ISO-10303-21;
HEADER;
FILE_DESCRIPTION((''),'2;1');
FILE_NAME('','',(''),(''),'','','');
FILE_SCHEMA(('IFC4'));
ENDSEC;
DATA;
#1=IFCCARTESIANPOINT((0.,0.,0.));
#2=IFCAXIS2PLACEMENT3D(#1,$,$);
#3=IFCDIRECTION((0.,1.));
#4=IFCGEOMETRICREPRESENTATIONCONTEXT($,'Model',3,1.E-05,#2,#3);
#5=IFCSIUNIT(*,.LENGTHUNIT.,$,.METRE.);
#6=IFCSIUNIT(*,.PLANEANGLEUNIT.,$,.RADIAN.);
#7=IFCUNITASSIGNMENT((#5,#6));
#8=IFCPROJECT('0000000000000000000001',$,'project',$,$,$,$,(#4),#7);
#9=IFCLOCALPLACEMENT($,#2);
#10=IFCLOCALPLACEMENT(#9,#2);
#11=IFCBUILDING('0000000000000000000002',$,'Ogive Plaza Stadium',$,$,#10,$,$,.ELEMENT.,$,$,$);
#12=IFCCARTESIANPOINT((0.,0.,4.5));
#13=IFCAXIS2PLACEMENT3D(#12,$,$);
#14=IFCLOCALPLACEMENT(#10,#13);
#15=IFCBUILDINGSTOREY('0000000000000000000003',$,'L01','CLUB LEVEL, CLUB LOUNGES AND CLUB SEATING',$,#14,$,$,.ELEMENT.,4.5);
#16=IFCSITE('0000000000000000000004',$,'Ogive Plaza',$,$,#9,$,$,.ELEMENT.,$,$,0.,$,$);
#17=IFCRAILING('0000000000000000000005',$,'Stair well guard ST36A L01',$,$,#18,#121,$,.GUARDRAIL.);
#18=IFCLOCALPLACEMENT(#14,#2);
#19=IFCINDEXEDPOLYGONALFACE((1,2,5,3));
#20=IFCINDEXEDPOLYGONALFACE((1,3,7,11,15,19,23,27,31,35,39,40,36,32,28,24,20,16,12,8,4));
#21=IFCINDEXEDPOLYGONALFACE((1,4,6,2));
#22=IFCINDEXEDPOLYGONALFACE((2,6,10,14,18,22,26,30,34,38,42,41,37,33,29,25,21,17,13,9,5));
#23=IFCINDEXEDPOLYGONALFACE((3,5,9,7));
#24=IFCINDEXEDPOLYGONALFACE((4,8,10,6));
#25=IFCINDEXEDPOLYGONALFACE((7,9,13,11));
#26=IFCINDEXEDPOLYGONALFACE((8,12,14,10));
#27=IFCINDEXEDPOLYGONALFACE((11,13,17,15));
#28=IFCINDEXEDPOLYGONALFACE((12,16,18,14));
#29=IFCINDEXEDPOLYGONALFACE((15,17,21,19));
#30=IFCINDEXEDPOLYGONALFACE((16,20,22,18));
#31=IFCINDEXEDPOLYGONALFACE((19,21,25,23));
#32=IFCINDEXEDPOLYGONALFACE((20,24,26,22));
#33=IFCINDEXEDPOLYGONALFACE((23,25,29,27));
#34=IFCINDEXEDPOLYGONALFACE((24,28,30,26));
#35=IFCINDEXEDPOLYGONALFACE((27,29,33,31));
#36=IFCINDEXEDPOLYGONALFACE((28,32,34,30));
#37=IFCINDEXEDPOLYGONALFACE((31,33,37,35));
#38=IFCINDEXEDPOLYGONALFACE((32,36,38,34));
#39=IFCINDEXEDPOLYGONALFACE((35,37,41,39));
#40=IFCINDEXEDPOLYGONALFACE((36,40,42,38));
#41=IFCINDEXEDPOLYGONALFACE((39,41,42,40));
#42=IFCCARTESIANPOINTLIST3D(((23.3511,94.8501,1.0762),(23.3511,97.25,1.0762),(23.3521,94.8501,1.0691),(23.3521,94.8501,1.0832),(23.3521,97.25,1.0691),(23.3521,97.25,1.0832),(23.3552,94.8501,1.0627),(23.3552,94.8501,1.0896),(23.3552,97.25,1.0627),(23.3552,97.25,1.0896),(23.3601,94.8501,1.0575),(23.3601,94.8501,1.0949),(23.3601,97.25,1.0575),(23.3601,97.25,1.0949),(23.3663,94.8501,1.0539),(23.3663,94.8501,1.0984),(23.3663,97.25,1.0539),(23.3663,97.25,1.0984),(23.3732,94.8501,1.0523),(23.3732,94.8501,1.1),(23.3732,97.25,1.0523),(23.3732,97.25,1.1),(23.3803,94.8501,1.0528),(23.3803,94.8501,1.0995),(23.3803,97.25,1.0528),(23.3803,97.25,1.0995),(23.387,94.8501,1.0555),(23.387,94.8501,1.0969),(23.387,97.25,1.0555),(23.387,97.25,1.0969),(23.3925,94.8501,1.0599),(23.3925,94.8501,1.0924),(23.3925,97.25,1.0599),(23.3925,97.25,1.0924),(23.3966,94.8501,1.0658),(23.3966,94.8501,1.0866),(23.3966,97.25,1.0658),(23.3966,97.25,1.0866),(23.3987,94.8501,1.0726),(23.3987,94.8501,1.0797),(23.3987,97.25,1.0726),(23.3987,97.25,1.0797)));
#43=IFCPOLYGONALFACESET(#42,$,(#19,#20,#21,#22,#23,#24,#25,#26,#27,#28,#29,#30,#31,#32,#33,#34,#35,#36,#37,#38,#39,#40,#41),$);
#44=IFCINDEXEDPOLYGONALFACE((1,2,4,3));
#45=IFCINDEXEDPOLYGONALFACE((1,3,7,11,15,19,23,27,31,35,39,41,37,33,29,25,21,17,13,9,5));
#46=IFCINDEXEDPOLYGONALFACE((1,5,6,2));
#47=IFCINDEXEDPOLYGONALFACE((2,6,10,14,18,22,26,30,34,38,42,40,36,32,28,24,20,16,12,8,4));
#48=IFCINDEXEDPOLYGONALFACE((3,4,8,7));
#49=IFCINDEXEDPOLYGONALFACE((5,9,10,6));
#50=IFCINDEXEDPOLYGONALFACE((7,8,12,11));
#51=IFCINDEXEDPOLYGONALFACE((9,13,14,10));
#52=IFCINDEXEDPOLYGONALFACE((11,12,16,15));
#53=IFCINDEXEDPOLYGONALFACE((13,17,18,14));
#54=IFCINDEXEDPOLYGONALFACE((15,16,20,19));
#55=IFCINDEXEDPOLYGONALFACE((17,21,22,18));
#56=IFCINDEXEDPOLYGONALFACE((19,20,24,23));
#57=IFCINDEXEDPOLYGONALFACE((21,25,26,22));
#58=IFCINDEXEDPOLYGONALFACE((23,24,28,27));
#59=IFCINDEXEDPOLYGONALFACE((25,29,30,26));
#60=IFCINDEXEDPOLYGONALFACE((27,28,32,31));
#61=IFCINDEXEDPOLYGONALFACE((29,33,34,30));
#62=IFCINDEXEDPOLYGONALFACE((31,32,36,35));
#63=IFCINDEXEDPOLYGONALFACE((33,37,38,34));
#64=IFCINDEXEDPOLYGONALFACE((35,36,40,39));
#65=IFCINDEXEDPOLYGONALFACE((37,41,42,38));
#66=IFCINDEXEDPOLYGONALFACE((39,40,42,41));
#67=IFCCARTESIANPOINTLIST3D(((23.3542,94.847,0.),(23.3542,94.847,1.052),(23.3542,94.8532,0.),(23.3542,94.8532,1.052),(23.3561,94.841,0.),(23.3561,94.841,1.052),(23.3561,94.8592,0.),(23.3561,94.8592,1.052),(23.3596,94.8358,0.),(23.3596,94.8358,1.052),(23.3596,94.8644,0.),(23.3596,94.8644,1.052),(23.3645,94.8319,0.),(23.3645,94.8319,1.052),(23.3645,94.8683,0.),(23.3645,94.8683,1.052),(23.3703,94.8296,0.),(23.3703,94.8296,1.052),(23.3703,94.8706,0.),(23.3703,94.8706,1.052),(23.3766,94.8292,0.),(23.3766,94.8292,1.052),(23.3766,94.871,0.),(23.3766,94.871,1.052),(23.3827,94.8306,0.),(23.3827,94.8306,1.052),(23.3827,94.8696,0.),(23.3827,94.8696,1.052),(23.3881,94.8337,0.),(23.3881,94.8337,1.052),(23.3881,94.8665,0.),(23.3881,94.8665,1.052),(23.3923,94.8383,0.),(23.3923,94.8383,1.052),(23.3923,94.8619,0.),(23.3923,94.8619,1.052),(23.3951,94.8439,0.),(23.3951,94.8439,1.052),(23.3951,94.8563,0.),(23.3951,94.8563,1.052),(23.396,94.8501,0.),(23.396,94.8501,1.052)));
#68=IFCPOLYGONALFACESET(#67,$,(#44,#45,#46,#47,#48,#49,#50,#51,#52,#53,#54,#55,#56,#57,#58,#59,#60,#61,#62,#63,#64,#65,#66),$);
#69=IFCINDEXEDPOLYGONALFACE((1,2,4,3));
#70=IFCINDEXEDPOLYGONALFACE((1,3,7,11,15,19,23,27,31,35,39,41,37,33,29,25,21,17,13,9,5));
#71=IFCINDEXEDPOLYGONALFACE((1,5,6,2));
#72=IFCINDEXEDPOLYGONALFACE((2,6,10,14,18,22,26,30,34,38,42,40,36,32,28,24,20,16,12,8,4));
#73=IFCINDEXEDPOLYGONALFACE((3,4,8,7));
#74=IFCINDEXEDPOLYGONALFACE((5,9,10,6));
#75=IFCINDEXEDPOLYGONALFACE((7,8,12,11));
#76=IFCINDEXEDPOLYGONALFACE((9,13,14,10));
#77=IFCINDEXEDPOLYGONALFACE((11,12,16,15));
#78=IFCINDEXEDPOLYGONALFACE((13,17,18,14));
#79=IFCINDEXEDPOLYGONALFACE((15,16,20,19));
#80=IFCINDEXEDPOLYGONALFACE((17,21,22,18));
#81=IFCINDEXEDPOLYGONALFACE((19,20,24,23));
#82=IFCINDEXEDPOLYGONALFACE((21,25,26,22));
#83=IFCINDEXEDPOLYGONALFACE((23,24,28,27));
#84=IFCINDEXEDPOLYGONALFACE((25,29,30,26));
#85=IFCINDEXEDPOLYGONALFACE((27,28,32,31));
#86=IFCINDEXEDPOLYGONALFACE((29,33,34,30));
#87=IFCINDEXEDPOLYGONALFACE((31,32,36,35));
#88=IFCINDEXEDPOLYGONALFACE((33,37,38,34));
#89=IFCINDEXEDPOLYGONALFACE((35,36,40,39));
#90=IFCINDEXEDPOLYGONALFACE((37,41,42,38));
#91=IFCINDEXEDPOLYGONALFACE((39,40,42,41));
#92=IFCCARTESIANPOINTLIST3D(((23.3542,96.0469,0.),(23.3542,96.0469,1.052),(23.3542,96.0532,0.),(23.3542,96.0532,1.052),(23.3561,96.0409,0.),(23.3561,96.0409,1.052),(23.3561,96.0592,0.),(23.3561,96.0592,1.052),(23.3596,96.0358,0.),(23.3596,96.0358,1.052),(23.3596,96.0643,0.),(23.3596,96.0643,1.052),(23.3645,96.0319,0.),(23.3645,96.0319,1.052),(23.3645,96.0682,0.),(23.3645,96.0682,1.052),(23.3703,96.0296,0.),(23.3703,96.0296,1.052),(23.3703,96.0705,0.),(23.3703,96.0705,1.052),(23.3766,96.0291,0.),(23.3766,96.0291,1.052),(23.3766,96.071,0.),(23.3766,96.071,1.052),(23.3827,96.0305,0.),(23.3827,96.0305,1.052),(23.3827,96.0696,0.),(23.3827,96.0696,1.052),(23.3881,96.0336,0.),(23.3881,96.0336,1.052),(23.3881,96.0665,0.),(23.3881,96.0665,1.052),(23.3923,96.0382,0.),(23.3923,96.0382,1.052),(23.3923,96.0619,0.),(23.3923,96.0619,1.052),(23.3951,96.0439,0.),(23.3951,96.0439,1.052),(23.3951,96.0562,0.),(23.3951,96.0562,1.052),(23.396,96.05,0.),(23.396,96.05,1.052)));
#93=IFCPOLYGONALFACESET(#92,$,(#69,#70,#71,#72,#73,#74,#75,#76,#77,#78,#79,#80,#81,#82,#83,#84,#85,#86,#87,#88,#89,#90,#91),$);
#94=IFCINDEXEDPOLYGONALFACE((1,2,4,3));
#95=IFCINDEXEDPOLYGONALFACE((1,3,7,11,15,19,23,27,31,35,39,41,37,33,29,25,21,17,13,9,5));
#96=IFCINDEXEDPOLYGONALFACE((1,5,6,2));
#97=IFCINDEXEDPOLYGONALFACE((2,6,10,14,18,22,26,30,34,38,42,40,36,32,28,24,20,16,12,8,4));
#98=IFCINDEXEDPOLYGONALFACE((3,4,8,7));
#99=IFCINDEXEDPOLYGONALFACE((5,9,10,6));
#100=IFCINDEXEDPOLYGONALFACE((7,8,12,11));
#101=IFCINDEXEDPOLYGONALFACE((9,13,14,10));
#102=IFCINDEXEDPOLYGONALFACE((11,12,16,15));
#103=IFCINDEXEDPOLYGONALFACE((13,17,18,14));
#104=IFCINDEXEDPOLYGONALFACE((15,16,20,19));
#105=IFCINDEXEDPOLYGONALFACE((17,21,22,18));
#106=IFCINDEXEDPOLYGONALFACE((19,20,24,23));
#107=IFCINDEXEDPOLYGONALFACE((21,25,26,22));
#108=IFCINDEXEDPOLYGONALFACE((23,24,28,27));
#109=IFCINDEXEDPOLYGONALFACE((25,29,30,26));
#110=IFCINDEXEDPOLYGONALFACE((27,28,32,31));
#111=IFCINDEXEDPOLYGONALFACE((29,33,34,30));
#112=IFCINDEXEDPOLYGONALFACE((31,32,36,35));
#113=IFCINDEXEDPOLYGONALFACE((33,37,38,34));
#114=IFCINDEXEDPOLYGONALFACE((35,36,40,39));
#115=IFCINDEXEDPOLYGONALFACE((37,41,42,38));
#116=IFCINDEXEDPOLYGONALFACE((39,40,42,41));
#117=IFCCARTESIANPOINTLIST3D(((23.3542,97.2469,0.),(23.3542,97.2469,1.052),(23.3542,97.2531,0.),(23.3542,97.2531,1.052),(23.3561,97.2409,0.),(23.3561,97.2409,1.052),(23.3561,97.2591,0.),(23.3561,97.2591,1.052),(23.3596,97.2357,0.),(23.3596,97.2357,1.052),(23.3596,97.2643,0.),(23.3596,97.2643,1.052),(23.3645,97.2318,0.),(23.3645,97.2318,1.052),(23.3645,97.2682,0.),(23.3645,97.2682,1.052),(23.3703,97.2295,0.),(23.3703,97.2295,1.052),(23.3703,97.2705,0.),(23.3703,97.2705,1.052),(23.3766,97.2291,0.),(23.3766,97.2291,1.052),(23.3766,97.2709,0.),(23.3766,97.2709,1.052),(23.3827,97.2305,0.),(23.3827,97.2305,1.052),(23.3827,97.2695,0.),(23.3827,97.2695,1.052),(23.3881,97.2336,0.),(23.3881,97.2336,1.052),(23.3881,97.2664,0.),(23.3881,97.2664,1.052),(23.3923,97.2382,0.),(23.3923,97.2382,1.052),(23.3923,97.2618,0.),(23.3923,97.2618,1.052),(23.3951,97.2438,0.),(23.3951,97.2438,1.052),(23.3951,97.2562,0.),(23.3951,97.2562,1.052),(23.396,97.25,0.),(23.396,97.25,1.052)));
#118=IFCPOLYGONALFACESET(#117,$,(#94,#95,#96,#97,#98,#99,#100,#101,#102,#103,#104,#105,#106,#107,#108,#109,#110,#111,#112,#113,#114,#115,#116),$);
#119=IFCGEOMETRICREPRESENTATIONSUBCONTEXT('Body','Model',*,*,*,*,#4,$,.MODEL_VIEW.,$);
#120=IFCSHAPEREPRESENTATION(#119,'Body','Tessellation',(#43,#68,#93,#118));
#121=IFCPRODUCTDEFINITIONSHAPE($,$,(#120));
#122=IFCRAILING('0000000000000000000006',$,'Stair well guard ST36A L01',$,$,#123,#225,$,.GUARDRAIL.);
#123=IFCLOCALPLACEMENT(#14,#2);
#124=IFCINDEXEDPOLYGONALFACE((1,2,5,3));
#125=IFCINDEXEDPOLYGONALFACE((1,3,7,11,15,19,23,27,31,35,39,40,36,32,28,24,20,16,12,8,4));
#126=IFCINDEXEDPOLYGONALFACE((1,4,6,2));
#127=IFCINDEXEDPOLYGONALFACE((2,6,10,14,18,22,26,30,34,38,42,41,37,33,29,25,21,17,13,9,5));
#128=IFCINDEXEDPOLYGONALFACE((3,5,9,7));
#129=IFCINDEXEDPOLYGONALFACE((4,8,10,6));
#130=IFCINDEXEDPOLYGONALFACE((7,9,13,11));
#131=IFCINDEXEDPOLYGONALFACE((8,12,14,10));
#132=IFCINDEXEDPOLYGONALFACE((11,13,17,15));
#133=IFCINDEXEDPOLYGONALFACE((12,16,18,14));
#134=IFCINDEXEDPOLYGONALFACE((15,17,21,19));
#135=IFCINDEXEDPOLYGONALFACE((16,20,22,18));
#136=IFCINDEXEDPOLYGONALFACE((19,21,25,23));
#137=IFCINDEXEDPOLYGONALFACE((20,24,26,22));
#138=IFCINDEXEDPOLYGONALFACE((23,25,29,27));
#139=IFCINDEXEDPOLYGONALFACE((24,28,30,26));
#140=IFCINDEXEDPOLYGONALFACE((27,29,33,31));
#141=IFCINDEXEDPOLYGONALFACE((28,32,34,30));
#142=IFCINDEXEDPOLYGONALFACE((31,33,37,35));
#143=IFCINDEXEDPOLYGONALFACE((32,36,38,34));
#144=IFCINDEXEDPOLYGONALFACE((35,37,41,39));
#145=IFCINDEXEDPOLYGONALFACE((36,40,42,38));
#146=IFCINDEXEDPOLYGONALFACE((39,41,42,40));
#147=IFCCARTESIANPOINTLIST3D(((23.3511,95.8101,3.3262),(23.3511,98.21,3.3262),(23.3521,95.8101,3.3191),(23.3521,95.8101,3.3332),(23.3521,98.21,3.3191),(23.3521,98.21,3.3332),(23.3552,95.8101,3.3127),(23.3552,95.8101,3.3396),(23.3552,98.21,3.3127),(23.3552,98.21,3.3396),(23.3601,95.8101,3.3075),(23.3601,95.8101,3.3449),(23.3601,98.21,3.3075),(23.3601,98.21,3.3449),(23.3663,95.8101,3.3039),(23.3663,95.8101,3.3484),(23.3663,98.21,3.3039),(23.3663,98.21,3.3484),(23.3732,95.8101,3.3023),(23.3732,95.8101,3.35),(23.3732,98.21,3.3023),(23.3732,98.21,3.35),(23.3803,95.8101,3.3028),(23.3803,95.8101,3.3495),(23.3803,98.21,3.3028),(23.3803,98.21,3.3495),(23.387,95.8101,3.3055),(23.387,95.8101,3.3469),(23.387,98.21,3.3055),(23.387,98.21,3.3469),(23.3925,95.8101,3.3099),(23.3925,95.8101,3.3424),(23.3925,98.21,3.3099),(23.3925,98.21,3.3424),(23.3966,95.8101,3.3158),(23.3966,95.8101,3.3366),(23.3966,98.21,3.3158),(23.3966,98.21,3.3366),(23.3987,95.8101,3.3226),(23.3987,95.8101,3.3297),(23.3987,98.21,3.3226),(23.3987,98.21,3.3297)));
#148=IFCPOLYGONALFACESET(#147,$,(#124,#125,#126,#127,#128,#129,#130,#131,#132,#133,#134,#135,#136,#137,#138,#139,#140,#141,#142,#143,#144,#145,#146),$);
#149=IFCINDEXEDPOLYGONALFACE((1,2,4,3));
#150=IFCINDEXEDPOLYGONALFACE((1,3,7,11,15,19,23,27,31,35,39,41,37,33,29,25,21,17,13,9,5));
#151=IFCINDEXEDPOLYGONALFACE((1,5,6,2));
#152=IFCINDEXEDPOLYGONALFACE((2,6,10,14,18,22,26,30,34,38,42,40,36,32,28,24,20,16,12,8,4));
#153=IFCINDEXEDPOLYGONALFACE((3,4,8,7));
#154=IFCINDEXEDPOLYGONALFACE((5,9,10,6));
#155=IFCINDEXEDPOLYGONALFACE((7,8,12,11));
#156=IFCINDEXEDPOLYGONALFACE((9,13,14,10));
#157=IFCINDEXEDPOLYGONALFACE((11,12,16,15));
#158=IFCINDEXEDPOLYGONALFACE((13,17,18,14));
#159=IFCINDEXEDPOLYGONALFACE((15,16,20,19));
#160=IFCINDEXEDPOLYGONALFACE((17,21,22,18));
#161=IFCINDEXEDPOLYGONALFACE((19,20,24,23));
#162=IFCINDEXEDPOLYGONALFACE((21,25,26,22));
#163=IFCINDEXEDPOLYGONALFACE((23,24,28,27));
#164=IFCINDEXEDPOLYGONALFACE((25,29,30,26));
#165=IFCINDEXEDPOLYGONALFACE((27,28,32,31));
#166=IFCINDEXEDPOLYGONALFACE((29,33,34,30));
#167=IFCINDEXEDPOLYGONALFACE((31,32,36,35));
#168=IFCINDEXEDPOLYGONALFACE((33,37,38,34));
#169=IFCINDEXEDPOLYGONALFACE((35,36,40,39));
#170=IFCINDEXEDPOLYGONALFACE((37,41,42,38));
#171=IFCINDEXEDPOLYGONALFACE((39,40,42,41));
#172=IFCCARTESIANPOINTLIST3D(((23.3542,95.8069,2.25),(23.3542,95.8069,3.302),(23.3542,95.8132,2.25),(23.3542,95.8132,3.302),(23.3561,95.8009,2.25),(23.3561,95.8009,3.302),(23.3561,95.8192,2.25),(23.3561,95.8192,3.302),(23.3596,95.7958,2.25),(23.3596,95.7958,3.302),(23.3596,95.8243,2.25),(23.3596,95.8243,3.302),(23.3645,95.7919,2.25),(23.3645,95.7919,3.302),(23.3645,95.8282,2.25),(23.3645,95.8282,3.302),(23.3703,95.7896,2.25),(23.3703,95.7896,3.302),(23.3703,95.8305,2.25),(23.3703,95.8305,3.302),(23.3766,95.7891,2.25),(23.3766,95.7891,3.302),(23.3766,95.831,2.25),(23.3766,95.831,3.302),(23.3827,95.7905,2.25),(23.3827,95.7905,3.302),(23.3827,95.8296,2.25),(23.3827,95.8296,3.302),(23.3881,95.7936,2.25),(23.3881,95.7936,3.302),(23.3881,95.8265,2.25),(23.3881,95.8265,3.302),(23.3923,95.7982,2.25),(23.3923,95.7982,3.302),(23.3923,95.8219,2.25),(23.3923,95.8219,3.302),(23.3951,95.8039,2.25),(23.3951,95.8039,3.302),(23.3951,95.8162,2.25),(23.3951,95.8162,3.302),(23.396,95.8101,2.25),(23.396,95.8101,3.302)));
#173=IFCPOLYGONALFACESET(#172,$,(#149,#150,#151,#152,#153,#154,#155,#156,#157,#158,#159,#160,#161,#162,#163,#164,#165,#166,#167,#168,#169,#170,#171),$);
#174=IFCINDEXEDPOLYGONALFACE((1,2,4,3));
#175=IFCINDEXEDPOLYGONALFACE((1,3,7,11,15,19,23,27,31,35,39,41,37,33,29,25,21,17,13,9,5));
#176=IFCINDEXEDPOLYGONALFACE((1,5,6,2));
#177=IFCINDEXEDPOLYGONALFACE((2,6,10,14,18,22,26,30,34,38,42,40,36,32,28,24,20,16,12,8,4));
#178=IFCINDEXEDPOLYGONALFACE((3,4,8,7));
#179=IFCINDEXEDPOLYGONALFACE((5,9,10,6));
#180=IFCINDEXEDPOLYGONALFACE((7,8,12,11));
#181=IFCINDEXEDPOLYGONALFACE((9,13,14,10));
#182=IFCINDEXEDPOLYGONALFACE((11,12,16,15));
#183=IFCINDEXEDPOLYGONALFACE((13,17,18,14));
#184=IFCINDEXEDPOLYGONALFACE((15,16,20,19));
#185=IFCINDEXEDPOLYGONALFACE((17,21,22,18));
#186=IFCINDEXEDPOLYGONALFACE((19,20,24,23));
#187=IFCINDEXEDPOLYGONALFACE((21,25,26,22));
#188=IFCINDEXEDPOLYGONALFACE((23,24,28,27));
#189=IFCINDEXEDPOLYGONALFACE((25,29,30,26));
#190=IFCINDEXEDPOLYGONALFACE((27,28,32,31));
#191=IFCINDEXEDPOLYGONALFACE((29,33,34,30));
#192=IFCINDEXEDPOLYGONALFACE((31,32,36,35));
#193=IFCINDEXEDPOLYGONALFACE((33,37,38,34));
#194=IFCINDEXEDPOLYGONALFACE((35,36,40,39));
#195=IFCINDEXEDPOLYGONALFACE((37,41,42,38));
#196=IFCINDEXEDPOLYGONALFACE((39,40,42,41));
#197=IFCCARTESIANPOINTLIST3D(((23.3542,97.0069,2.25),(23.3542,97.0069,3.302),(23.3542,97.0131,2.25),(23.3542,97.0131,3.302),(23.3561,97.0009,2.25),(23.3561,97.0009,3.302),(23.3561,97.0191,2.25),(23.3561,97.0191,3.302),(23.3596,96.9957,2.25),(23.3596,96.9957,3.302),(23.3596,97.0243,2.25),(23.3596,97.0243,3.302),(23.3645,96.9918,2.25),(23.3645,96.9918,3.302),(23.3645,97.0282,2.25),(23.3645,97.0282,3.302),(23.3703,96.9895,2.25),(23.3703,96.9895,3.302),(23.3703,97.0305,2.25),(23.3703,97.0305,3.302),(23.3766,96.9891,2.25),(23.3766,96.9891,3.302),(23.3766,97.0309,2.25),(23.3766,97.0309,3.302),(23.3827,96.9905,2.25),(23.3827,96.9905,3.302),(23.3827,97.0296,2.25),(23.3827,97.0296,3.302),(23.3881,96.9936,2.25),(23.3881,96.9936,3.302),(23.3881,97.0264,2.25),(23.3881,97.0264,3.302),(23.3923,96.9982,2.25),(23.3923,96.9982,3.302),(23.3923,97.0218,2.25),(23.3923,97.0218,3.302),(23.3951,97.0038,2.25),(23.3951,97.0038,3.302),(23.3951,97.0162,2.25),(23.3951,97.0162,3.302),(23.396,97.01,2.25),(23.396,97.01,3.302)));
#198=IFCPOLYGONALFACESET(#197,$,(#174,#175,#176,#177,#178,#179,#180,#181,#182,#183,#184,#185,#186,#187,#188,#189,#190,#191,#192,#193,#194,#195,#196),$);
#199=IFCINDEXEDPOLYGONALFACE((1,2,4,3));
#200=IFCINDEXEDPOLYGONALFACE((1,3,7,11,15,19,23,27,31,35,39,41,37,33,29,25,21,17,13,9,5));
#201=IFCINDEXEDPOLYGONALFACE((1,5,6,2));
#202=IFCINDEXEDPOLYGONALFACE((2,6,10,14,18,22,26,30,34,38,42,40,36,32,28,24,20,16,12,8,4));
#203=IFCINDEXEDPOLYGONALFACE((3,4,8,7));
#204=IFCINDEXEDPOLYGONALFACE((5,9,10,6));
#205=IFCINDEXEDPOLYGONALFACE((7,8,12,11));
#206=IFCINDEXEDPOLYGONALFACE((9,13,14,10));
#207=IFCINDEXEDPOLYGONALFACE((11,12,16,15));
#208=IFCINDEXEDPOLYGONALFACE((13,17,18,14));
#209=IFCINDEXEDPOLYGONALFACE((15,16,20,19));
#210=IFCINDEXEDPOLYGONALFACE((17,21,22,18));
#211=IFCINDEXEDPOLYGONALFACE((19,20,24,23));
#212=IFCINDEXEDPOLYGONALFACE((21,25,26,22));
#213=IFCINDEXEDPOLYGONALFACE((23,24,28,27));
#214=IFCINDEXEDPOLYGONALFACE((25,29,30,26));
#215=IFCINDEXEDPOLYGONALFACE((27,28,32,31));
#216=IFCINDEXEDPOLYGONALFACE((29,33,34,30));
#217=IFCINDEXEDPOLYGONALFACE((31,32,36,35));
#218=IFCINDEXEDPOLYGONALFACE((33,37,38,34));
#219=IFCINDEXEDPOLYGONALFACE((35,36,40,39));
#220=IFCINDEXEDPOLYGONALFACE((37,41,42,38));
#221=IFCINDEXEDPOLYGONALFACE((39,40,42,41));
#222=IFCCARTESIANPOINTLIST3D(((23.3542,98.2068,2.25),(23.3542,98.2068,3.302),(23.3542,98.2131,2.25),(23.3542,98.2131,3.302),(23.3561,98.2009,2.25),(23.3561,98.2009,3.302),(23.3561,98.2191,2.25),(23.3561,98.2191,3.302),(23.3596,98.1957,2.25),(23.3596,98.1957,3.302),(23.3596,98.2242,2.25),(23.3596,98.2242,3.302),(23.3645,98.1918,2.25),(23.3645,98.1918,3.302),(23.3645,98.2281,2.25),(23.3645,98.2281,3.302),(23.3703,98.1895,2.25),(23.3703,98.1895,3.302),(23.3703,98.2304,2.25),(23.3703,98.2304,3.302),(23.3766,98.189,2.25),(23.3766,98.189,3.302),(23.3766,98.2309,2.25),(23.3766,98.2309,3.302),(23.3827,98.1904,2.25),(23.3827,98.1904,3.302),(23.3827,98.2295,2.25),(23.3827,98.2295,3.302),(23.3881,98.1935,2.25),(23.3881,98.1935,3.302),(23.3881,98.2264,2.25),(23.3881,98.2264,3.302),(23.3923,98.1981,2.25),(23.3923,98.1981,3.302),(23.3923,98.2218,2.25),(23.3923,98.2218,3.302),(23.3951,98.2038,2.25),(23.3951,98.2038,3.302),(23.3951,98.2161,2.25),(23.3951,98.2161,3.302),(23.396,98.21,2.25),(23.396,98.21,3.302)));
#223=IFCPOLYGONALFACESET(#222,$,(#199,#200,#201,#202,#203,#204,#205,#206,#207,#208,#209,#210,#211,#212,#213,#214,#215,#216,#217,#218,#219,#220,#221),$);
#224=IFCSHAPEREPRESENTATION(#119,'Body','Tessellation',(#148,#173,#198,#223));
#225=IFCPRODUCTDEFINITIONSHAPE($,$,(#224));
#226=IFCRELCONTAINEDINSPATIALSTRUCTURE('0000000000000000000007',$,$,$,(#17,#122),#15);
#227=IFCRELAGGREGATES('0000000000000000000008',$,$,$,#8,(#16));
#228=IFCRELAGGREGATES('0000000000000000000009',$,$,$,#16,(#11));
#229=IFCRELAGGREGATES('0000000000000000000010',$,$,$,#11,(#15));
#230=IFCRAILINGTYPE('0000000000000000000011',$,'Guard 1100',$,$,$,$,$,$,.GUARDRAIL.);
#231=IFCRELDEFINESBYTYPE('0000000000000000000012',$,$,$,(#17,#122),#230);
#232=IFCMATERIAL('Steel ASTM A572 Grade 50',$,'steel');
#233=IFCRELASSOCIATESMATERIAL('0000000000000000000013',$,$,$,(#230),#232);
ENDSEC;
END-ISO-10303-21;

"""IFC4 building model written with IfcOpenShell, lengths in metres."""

from ifc_helpers import new_model, si_unit, direction, frame, origin, origin_2d, place, context, subcontext, project, spatial, circle, extrude, material, type_object, element, save


model = new_model("IFC4")

# Units and contexts
model_context = context("Model", 3, precision=1e-05, world=origin(), true_north=direction((0.0, 1.0)))
body_context = subcontext(model_context, "Body", "Model", "MODEL_VIEW")
ifc_project = project(units=[si_unit("LENGTHUNIT", "METRE"), si_unit("PLANEANGLEUNIT", "RADIAN")], contexts=[model_context])

# Site, building, storey
site_placement = place(None, origin())
site = spatial("IfcSite", under=ifc_project, at=site_placement, Name="Ogive Plaza", CompositionType="ELEMENT", RefElevation=0.0)
building_placement = place(site_placement, origin())
building = spatial("IfcBuilding", under=site, at=building_placement, Name="Ogive Plaza Stadium", CompositionType="ELEMENT")
storey_placement = place(building_placement, frame((0.0, 0.0, 4.5)))
storey = spatial("IfcBuildingStorey", under=building, at=storey_placement, Name="L01", Description="CLUB LEVEL, CLUB LOUNGES AND CLUB SEATING", CompositionType="ELEMENT", Elevation=4.5)

# Railings
ifc_material_1 = material(Name="Steel ASTM A572 Grade 50", Category="steel")
railing_type_1 = type_object("IfcRailingType", Name="Guard 1100", PredefinedType="GUARDRAIL", material=ifc_material_1)
for number, where, name in (
    (1, (23.375, 94.8501, 0.0), "Stair well guard ST36A L01"),
    (2, (23.375, 95.8101, 2.25), "Stair well guard ST36A L01"),
):
    element("IfcRailing", number, at=place(storey_placement, frame(where)), inside=storey, type_object=railing_type_1, Name=name, PredefinedType="GUARDRAIL", context=body_context, shape_type="SweptSolid", body=[
        extrude(circle(Radius=0.0239, at=origin_2d()), frame((0.0, 0.0, 1.0762), z_axis=(0.0, 1.0, 0.0), x_axis=(-1.0, 0.0, 0.0)), (0.0, 0.0, 1.0), 2.3999),
        extrude(circle(Radius=0.021, at=origin_2d()), origin(), (0.0, 0.0, 1.0), 1.052),
        extrude(circle(Radius=0.021, at=origin_2d()), frame((0.0, 1.2, 0.0)), (0.0, 0.0, 1.0), 1.052),
        extrude(circle(Radius=0.021, at=origin_2d()), frame((0.0, 2.3999, 0.0)), (0.0, 0.0, 1.0), 1.052),
    ])

save(model, "model.ifc")
